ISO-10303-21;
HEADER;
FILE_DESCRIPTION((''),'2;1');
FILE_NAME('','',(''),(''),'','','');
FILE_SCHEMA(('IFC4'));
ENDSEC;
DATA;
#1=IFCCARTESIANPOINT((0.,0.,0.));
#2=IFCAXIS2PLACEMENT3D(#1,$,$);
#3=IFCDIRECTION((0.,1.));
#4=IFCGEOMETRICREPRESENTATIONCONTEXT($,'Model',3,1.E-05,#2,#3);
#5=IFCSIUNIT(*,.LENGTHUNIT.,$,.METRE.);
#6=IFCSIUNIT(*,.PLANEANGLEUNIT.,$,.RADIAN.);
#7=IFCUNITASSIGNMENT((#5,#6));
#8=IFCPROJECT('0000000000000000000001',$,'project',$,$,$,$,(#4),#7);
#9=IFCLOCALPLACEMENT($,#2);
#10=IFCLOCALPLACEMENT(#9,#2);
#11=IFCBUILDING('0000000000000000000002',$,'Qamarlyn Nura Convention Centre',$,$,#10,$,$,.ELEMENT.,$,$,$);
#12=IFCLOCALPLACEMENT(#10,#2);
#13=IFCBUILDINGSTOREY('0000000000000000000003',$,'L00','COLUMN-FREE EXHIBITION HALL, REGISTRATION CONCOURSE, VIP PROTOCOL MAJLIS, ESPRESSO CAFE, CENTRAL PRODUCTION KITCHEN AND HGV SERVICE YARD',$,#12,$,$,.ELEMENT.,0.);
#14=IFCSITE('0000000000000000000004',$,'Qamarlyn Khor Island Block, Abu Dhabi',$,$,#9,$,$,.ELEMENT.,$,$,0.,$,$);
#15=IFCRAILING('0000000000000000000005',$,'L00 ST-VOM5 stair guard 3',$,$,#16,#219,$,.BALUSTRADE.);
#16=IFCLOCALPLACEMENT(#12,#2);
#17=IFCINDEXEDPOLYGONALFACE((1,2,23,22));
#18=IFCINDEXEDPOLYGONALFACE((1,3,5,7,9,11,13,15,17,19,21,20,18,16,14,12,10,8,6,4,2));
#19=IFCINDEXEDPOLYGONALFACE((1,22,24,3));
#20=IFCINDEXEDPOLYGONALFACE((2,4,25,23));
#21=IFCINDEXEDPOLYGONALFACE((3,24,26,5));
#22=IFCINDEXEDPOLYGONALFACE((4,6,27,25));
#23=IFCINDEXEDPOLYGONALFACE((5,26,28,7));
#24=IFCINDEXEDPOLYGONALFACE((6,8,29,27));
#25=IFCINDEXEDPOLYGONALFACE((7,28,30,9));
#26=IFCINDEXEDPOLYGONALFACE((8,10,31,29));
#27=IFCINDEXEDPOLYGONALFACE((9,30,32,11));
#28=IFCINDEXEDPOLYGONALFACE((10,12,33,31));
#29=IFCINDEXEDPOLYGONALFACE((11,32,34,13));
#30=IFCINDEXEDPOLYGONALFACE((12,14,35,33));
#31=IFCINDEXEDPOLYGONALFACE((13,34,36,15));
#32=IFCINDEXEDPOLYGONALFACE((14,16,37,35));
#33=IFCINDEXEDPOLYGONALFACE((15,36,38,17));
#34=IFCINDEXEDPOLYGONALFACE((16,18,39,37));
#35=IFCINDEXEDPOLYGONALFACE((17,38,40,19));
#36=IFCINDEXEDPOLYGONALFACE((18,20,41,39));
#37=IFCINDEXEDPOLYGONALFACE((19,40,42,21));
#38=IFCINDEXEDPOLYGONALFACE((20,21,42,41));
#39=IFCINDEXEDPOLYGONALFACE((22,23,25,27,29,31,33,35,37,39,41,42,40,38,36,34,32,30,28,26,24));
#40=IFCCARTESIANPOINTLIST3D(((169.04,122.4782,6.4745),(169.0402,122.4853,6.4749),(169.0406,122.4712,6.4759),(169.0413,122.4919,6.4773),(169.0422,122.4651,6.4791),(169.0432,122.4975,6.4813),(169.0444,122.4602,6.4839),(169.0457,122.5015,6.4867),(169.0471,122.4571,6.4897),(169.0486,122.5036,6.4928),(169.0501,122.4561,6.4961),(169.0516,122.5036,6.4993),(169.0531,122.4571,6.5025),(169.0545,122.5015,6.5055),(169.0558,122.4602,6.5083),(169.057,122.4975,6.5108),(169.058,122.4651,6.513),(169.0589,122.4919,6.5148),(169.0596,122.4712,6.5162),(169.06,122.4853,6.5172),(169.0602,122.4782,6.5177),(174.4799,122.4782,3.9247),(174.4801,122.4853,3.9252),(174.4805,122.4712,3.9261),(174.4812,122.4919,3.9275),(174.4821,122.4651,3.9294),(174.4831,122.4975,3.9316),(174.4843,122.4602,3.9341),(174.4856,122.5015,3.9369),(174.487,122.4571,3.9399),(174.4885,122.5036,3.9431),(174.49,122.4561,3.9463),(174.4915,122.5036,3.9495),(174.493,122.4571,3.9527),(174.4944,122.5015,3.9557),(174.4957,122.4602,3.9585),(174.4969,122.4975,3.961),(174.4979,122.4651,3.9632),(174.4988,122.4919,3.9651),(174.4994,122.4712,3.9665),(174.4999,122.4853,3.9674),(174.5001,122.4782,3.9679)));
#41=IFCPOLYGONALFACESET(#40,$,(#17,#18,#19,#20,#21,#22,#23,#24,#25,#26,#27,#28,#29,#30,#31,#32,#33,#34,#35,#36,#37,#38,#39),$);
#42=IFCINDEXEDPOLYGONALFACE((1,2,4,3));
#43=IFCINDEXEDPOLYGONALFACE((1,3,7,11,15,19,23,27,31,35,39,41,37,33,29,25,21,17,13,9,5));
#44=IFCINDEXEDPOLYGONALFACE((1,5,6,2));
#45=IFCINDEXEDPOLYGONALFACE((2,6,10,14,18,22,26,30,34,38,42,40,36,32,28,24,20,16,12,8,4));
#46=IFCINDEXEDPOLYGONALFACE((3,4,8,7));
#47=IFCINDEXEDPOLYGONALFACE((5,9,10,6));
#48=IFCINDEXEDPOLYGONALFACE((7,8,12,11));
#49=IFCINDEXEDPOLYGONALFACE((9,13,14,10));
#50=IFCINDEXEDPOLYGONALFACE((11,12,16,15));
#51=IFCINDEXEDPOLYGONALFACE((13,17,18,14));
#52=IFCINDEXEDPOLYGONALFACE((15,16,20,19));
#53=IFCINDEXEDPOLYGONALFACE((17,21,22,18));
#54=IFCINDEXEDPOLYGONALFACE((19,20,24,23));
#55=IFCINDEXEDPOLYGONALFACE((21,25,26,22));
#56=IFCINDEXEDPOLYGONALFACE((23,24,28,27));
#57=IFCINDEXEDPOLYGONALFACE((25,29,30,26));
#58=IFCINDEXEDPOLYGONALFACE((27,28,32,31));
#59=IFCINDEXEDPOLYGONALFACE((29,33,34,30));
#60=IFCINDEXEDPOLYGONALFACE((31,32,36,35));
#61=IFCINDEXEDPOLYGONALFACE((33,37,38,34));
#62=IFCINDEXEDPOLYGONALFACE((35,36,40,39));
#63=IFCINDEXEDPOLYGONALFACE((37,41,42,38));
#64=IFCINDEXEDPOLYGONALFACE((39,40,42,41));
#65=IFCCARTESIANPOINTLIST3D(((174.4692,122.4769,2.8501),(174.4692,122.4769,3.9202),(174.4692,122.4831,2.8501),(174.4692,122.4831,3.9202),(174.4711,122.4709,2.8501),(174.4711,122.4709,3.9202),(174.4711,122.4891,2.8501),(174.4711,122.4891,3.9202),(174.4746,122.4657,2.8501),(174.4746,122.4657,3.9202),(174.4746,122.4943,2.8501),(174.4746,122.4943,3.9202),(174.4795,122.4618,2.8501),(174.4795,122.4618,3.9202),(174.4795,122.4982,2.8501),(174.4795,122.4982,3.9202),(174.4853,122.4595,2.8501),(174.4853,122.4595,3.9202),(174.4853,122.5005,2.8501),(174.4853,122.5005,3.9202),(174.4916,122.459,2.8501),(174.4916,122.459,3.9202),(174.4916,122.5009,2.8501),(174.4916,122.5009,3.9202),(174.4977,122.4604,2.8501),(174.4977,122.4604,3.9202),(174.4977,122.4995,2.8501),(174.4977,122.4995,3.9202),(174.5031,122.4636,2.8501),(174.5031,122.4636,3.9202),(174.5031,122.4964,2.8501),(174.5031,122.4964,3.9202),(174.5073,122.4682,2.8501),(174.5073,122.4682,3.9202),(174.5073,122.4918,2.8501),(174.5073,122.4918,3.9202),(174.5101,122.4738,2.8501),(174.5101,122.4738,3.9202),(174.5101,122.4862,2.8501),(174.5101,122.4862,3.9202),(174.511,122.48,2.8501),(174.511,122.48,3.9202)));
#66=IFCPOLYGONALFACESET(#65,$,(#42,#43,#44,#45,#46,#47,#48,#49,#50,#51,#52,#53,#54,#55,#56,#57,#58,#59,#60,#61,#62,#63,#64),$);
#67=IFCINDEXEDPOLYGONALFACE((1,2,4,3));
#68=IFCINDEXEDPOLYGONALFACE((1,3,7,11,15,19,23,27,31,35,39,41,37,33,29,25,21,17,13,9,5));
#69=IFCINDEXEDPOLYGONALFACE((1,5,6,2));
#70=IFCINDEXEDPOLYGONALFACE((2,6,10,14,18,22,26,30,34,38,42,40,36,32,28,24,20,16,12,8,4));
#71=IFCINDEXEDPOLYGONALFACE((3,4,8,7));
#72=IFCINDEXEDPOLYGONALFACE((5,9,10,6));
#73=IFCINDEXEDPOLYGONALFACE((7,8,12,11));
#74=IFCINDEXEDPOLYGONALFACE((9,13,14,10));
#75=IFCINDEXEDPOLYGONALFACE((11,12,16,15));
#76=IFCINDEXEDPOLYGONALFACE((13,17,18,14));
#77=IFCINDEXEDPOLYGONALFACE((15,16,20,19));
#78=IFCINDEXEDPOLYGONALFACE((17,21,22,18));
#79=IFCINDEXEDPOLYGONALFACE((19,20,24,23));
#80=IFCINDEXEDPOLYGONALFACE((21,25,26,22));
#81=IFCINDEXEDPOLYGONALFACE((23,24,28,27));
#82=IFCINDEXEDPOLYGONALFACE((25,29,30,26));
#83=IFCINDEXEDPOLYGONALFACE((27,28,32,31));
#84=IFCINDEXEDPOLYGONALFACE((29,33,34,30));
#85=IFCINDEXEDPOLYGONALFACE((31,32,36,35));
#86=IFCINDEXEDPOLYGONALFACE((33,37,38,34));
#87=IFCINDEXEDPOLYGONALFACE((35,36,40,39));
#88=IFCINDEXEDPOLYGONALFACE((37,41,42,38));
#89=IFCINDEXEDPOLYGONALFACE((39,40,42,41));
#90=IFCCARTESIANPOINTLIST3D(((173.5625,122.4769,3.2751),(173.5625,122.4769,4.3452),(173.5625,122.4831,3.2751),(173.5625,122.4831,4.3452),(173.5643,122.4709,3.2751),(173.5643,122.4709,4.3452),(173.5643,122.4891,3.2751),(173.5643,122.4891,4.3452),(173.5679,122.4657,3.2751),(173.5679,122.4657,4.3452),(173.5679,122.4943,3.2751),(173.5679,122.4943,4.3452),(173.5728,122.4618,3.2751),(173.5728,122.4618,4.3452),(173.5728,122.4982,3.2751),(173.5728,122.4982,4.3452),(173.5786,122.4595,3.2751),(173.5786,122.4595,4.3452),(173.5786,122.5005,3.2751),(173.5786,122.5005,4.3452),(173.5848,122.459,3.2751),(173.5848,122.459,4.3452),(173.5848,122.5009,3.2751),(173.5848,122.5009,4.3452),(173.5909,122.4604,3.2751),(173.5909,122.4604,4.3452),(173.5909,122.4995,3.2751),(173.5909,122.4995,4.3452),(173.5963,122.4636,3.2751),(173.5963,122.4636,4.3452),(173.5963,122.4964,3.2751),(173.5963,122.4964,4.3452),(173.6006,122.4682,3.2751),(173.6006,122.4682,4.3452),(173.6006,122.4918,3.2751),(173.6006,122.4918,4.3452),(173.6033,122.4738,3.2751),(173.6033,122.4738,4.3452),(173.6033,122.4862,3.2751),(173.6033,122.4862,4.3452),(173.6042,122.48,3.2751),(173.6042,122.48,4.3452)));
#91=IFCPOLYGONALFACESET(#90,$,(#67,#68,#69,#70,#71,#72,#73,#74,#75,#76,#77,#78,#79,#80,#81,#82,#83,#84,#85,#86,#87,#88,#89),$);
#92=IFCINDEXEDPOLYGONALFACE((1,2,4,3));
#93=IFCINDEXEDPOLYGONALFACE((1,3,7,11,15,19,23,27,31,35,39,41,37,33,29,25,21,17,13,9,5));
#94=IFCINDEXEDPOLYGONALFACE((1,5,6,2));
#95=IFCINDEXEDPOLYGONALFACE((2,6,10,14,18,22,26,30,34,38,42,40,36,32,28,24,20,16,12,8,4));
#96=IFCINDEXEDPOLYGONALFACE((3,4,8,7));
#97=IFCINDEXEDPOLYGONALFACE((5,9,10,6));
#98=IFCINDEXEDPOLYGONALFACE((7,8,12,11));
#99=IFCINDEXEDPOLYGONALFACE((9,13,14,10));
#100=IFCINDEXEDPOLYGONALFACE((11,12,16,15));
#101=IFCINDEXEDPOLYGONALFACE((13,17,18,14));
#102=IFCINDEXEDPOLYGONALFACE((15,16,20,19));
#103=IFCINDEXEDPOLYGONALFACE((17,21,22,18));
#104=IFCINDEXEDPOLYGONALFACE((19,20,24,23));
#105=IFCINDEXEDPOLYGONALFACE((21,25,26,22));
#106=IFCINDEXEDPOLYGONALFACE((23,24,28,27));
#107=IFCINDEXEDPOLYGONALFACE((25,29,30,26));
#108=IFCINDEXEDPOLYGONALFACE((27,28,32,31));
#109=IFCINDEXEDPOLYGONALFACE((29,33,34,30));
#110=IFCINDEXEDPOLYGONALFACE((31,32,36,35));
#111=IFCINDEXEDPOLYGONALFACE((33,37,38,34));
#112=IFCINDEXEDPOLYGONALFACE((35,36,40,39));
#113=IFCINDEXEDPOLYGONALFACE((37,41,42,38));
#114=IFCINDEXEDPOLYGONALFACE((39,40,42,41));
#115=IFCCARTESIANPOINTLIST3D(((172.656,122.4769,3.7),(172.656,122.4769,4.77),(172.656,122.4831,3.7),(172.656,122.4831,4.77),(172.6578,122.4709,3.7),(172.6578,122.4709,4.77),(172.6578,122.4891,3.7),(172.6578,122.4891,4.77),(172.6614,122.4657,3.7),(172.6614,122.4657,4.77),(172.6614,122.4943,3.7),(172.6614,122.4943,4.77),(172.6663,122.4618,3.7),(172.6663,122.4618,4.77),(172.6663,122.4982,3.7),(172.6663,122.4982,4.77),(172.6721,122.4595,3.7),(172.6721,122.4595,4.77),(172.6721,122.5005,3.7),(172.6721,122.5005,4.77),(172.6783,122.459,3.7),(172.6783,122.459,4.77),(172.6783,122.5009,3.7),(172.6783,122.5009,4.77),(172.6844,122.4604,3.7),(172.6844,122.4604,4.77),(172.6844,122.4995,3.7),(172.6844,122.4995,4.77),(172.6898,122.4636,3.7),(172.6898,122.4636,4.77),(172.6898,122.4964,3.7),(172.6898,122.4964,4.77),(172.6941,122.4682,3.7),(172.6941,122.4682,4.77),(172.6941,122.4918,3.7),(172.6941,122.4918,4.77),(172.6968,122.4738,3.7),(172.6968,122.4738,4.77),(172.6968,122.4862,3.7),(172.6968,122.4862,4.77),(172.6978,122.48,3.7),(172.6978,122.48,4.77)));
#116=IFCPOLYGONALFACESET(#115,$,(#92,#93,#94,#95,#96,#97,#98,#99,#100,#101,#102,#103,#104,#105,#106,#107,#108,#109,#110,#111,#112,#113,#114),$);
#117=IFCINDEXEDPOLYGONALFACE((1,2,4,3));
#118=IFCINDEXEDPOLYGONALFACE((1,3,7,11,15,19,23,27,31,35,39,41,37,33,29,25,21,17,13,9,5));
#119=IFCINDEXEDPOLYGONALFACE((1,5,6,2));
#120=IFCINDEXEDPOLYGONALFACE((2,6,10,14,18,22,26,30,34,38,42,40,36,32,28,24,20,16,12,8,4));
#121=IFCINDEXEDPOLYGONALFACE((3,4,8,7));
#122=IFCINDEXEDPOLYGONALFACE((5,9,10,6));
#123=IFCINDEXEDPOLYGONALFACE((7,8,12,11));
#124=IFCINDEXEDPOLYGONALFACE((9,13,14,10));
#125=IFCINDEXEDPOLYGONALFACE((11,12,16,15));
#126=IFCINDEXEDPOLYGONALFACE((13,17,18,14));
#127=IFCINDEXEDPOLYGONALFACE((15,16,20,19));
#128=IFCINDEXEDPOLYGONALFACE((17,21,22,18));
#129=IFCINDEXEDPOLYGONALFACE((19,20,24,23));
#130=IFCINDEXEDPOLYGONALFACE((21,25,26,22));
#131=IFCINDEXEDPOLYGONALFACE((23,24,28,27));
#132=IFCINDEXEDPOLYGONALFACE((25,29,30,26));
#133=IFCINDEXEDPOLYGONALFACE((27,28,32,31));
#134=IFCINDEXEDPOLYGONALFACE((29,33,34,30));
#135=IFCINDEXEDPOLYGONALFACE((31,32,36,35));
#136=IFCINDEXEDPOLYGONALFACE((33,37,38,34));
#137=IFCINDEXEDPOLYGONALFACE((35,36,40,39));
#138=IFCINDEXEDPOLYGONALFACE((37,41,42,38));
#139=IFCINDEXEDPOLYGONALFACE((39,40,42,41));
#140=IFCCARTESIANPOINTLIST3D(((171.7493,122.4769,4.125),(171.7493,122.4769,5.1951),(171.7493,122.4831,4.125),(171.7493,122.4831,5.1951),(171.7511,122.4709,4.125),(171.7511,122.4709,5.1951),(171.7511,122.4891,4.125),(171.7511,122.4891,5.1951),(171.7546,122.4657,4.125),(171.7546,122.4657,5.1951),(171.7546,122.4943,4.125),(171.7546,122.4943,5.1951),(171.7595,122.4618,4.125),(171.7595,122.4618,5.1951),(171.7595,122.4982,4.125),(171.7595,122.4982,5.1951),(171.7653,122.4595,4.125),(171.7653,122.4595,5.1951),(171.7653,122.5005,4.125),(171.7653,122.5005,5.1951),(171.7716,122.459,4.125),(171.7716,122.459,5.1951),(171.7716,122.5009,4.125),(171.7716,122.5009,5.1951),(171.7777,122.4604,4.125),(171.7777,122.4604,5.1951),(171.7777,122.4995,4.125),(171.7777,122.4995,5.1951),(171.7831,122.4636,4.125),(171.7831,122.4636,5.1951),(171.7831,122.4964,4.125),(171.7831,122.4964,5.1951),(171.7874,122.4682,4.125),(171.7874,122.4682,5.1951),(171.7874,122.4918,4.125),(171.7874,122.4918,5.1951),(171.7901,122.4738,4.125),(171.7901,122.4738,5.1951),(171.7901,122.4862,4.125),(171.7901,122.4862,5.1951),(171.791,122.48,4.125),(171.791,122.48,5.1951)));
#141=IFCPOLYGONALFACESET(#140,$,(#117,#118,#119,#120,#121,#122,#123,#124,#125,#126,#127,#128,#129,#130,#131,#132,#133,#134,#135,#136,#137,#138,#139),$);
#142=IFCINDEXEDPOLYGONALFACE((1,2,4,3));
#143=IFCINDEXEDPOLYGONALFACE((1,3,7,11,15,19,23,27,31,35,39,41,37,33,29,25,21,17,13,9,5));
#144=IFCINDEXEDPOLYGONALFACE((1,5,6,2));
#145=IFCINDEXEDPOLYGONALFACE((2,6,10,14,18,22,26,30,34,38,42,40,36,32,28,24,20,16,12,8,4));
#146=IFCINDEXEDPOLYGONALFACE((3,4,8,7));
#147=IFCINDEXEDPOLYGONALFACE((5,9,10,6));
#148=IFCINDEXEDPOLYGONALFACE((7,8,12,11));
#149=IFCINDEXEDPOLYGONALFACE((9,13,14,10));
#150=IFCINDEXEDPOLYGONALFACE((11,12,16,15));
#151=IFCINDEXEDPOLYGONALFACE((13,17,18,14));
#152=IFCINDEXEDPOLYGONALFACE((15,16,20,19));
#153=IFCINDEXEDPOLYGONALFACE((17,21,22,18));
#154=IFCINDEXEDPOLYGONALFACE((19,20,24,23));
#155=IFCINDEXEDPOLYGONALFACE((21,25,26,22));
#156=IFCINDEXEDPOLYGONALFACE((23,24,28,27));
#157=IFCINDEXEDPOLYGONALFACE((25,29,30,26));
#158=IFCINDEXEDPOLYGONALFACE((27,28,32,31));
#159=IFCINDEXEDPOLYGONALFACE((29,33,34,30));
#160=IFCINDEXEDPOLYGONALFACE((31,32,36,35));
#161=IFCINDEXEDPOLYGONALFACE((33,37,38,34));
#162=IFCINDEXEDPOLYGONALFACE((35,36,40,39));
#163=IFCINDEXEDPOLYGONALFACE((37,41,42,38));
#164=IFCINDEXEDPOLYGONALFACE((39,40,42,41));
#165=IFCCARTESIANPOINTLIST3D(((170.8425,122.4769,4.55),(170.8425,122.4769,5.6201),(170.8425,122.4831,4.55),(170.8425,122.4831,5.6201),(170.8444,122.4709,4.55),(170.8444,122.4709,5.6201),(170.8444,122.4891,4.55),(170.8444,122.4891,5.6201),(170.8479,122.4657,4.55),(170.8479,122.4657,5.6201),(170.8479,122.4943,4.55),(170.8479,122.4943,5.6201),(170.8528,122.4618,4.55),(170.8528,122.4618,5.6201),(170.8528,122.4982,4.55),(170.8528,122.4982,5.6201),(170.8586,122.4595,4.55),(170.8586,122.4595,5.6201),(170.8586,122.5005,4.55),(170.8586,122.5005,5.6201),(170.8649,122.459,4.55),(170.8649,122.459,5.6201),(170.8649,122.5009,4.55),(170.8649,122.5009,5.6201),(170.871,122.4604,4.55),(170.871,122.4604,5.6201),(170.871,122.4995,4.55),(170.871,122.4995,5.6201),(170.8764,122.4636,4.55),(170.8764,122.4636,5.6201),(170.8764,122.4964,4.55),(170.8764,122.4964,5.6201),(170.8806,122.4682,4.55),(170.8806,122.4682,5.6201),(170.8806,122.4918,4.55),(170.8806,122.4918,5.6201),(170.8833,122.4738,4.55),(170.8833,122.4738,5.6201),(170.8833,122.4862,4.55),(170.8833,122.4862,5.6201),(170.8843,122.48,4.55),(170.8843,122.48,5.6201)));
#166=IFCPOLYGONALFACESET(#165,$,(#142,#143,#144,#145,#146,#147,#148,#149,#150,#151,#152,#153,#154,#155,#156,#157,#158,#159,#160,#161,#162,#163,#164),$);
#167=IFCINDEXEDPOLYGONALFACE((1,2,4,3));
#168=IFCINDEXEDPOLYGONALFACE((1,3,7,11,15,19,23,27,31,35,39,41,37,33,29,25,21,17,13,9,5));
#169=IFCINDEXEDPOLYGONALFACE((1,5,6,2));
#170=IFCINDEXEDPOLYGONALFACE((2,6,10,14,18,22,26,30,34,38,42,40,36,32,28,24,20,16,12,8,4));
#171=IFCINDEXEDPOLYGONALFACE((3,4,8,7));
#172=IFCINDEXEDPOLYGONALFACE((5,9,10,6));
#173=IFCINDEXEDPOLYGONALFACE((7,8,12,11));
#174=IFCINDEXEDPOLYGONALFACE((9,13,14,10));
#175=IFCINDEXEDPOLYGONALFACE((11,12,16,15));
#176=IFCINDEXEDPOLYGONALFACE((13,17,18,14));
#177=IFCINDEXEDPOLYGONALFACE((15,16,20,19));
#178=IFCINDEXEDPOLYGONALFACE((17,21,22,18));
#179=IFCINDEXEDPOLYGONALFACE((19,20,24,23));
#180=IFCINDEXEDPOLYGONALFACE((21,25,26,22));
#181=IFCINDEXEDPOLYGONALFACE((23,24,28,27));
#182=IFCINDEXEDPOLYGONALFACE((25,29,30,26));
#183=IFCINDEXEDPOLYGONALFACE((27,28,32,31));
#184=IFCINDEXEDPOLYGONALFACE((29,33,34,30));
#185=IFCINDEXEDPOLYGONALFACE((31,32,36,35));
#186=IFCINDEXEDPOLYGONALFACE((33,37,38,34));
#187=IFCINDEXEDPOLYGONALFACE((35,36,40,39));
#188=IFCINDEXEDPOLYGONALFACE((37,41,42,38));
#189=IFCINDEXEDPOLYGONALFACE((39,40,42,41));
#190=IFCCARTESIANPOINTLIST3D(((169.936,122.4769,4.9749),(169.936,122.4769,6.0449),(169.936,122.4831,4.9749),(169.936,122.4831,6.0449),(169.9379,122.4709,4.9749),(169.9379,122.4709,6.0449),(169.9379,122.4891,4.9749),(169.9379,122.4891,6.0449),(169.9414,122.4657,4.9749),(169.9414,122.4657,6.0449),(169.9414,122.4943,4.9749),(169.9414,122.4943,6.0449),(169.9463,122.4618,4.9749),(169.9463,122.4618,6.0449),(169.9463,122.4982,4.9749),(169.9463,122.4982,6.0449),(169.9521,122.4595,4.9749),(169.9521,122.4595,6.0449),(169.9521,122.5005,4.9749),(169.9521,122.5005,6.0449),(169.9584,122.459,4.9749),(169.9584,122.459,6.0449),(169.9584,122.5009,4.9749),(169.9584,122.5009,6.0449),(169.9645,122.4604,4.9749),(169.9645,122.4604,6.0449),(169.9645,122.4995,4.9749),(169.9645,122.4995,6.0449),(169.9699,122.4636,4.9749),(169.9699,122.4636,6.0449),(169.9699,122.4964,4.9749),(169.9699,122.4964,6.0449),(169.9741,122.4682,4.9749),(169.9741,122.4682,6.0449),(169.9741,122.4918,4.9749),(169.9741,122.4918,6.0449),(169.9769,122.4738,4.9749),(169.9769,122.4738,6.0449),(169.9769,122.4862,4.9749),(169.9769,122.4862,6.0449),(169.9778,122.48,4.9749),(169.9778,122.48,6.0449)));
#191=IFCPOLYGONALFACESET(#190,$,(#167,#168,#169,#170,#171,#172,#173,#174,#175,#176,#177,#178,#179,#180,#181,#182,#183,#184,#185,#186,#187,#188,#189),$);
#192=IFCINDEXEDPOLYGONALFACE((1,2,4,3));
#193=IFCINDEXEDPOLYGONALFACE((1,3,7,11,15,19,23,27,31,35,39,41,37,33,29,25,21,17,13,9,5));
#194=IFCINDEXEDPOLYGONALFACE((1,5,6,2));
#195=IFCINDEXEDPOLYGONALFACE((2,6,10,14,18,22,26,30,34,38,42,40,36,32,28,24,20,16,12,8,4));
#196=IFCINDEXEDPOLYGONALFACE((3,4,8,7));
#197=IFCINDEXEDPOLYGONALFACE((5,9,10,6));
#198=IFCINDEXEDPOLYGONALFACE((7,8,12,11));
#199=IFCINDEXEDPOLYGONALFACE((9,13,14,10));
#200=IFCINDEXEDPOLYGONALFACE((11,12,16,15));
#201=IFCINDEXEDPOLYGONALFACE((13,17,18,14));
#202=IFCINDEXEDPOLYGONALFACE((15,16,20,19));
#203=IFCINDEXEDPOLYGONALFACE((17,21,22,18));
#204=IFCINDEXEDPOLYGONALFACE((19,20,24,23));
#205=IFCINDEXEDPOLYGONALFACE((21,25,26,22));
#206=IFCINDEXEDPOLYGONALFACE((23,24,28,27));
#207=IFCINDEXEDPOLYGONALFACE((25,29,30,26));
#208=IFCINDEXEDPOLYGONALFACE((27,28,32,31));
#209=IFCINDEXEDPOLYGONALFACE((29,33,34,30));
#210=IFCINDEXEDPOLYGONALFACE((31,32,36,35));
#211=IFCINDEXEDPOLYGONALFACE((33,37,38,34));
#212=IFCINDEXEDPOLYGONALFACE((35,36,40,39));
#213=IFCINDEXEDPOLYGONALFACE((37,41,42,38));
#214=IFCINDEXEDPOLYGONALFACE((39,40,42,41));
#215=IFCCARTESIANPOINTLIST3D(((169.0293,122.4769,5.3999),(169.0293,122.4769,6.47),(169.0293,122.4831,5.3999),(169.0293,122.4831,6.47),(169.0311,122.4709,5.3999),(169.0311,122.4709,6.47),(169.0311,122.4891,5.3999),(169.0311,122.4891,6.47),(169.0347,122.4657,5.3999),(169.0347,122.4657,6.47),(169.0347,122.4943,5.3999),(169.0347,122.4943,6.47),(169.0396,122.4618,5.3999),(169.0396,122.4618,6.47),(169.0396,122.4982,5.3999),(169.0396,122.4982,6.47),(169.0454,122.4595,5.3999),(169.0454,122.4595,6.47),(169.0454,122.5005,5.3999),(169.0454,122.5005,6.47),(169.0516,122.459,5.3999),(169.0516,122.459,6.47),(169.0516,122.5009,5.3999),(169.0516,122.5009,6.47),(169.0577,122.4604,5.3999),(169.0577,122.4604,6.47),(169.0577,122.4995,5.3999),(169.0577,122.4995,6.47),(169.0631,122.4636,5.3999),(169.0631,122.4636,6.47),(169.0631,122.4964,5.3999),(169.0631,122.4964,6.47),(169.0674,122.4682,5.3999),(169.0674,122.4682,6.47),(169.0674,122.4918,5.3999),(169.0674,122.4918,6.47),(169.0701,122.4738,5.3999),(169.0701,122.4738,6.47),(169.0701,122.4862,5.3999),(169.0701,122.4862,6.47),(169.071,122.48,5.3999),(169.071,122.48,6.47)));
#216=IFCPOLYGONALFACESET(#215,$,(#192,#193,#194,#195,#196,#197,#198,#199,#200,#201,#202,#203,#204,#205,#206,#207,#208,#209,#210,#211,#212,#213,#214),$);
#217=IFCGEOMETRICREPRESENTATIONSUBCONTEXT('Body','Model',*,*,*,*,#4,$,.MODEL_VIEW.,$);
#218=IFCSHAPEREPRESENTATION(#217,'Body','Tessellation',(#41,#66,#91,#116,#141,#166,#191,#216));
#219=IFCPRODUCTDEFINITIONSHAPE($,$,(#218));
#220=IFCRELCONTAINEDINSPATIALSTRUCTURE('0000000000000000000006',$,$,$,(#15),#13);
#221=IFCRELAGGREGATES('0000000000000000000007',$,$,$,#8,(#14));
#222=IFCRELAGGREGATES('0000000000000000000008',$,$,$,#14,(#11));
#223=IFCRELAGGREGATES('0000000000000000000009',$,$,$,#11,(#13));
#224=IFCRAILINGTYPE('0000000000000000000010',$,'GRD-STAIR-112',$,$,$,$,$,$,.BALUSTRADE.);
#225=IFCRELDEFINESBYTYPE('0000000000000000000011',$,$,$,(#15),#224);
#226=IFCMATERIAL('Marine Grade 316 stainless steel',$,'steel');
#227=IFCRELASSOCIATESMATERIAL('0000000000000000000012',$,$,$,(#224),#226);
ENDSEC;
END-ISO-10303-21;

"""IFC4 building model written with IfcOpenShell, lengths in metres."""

from ifc_helpers import new_model, si_unit, direction, frame, origin, origin_2d, place, context, subcontext, project, spatial, circle, extrude, material, type_object, element, save


model = new_model("IFC4")

# Units and contexts
model_context = context("Model", 3, precision=1e-05, world=origin(), true_north=direction((0.0, 1.0)))
body_context = subcontext(model_context, "Body", "Model", "MODEL_VIEW")
ifc_project = project(units=[si_unit("LENGTHUNIT", "METRE"), si_unit("PLANEANGLEUNIT", "RADIAN")], contexts=[model_context])

# Site, building, storey
site_placement = place(None, origin())
site = spatial("IfcSite", under=ifc_project, at=site_placement, Name="Qamarlyn Khor Island Block, Abu Dhabi", CompositionType="ELEMENT", RefElevation=0.0)
building_placement = place(site_placement, origin())
building = spatial("IfcBuilding", under=site, at=building_placement, Name="Qamarlyn Nura Convention Centre", CompositionType="ELEMENT")
storey_placement = place(building_placement, origin())
storey = spatial("IfcBuildingStorey", under=building, at=storey_placement, Name="L00", Description="COLUMN-FREE EXHIBITION HALL, REGISTRATION CONCOURSE, VIP PROTOCOL MAJLIS, ESPRESSO CAFE, CENTRAL PRODUCTION KITCHEN AND HGV SERVICE YARD", CompositionType="ELEMENT", Elevation=0.0)

# Railing
ifc_material_1 = material(Name="Marine Grade 316 stainless steel", Category="steel")
railing_type_1 = type_object("IfcRailingType", Name="GRD-STAIR-112", PredefinedType="BALUSTRADE", material=ifc_material_1)
railing_1_placement = place(storey_placement, frame((174.49, 122.48, 2.8501)))
element("IfcRailing", 1, at=railing_1_placement, inside=storey, type_object=railing_type_1, Name="L00 ST-VOM5 stair guard 3", PredefinedType="BALUSTRADE", context=body_context, shape_type="SweptSolid", body=[
    extrude(circle(Radius=0.0239, at=origin_2d()), frame((0.0, 0.0, 1.0962), z_axis=(-0.90547, 0.0, 0.424411), x_axis=(0.0, -1.0, 0.0)), (0.0, 0.0, 1.0), 6.0078),
    extrude(circle(Radius=0.021, at=origin_2d()), origin(), (0.0, 0.0, 1.0), 1.0701),
    extrude(circle(Radius=0.021, at=origin_2d()), frame((-0.9067, 0.0, 0.425)), (0.0, 0.0, 1.0), 1.0701),
    extrude(circle(Radius=0.021, at=origin_2d()), frame((-1.8132, 0.0, 0.8499)), (0.0, 0.0, 1.0), 1.0701),
    extrude(circle(Radius=0.021, at=origin_2d()), frame((-2.72, 0.0, 1.2749)), (0.0, 0.0, 1.0), 1.0701),
    extrude(circle(Radius=0.021, at=origin_2d()), frame((-3.6267, 0.0, 1.7)), (0.0, 0.0, 1.0), 1.0701),
    extrude(circle(Radius=0.021, at=origin_2d()), frame((-4.5332, 0.0, 2.1248)), (0.0, 0.0, 1.0), 1.0701),
    extrude(circle(Radius=0.021, at=origin_2d()), frame((-5.4399, 0.0, 2.5498)), (0.0, 0.0, 1.0), 1.0701),
])

save(model, "model.ifc")
